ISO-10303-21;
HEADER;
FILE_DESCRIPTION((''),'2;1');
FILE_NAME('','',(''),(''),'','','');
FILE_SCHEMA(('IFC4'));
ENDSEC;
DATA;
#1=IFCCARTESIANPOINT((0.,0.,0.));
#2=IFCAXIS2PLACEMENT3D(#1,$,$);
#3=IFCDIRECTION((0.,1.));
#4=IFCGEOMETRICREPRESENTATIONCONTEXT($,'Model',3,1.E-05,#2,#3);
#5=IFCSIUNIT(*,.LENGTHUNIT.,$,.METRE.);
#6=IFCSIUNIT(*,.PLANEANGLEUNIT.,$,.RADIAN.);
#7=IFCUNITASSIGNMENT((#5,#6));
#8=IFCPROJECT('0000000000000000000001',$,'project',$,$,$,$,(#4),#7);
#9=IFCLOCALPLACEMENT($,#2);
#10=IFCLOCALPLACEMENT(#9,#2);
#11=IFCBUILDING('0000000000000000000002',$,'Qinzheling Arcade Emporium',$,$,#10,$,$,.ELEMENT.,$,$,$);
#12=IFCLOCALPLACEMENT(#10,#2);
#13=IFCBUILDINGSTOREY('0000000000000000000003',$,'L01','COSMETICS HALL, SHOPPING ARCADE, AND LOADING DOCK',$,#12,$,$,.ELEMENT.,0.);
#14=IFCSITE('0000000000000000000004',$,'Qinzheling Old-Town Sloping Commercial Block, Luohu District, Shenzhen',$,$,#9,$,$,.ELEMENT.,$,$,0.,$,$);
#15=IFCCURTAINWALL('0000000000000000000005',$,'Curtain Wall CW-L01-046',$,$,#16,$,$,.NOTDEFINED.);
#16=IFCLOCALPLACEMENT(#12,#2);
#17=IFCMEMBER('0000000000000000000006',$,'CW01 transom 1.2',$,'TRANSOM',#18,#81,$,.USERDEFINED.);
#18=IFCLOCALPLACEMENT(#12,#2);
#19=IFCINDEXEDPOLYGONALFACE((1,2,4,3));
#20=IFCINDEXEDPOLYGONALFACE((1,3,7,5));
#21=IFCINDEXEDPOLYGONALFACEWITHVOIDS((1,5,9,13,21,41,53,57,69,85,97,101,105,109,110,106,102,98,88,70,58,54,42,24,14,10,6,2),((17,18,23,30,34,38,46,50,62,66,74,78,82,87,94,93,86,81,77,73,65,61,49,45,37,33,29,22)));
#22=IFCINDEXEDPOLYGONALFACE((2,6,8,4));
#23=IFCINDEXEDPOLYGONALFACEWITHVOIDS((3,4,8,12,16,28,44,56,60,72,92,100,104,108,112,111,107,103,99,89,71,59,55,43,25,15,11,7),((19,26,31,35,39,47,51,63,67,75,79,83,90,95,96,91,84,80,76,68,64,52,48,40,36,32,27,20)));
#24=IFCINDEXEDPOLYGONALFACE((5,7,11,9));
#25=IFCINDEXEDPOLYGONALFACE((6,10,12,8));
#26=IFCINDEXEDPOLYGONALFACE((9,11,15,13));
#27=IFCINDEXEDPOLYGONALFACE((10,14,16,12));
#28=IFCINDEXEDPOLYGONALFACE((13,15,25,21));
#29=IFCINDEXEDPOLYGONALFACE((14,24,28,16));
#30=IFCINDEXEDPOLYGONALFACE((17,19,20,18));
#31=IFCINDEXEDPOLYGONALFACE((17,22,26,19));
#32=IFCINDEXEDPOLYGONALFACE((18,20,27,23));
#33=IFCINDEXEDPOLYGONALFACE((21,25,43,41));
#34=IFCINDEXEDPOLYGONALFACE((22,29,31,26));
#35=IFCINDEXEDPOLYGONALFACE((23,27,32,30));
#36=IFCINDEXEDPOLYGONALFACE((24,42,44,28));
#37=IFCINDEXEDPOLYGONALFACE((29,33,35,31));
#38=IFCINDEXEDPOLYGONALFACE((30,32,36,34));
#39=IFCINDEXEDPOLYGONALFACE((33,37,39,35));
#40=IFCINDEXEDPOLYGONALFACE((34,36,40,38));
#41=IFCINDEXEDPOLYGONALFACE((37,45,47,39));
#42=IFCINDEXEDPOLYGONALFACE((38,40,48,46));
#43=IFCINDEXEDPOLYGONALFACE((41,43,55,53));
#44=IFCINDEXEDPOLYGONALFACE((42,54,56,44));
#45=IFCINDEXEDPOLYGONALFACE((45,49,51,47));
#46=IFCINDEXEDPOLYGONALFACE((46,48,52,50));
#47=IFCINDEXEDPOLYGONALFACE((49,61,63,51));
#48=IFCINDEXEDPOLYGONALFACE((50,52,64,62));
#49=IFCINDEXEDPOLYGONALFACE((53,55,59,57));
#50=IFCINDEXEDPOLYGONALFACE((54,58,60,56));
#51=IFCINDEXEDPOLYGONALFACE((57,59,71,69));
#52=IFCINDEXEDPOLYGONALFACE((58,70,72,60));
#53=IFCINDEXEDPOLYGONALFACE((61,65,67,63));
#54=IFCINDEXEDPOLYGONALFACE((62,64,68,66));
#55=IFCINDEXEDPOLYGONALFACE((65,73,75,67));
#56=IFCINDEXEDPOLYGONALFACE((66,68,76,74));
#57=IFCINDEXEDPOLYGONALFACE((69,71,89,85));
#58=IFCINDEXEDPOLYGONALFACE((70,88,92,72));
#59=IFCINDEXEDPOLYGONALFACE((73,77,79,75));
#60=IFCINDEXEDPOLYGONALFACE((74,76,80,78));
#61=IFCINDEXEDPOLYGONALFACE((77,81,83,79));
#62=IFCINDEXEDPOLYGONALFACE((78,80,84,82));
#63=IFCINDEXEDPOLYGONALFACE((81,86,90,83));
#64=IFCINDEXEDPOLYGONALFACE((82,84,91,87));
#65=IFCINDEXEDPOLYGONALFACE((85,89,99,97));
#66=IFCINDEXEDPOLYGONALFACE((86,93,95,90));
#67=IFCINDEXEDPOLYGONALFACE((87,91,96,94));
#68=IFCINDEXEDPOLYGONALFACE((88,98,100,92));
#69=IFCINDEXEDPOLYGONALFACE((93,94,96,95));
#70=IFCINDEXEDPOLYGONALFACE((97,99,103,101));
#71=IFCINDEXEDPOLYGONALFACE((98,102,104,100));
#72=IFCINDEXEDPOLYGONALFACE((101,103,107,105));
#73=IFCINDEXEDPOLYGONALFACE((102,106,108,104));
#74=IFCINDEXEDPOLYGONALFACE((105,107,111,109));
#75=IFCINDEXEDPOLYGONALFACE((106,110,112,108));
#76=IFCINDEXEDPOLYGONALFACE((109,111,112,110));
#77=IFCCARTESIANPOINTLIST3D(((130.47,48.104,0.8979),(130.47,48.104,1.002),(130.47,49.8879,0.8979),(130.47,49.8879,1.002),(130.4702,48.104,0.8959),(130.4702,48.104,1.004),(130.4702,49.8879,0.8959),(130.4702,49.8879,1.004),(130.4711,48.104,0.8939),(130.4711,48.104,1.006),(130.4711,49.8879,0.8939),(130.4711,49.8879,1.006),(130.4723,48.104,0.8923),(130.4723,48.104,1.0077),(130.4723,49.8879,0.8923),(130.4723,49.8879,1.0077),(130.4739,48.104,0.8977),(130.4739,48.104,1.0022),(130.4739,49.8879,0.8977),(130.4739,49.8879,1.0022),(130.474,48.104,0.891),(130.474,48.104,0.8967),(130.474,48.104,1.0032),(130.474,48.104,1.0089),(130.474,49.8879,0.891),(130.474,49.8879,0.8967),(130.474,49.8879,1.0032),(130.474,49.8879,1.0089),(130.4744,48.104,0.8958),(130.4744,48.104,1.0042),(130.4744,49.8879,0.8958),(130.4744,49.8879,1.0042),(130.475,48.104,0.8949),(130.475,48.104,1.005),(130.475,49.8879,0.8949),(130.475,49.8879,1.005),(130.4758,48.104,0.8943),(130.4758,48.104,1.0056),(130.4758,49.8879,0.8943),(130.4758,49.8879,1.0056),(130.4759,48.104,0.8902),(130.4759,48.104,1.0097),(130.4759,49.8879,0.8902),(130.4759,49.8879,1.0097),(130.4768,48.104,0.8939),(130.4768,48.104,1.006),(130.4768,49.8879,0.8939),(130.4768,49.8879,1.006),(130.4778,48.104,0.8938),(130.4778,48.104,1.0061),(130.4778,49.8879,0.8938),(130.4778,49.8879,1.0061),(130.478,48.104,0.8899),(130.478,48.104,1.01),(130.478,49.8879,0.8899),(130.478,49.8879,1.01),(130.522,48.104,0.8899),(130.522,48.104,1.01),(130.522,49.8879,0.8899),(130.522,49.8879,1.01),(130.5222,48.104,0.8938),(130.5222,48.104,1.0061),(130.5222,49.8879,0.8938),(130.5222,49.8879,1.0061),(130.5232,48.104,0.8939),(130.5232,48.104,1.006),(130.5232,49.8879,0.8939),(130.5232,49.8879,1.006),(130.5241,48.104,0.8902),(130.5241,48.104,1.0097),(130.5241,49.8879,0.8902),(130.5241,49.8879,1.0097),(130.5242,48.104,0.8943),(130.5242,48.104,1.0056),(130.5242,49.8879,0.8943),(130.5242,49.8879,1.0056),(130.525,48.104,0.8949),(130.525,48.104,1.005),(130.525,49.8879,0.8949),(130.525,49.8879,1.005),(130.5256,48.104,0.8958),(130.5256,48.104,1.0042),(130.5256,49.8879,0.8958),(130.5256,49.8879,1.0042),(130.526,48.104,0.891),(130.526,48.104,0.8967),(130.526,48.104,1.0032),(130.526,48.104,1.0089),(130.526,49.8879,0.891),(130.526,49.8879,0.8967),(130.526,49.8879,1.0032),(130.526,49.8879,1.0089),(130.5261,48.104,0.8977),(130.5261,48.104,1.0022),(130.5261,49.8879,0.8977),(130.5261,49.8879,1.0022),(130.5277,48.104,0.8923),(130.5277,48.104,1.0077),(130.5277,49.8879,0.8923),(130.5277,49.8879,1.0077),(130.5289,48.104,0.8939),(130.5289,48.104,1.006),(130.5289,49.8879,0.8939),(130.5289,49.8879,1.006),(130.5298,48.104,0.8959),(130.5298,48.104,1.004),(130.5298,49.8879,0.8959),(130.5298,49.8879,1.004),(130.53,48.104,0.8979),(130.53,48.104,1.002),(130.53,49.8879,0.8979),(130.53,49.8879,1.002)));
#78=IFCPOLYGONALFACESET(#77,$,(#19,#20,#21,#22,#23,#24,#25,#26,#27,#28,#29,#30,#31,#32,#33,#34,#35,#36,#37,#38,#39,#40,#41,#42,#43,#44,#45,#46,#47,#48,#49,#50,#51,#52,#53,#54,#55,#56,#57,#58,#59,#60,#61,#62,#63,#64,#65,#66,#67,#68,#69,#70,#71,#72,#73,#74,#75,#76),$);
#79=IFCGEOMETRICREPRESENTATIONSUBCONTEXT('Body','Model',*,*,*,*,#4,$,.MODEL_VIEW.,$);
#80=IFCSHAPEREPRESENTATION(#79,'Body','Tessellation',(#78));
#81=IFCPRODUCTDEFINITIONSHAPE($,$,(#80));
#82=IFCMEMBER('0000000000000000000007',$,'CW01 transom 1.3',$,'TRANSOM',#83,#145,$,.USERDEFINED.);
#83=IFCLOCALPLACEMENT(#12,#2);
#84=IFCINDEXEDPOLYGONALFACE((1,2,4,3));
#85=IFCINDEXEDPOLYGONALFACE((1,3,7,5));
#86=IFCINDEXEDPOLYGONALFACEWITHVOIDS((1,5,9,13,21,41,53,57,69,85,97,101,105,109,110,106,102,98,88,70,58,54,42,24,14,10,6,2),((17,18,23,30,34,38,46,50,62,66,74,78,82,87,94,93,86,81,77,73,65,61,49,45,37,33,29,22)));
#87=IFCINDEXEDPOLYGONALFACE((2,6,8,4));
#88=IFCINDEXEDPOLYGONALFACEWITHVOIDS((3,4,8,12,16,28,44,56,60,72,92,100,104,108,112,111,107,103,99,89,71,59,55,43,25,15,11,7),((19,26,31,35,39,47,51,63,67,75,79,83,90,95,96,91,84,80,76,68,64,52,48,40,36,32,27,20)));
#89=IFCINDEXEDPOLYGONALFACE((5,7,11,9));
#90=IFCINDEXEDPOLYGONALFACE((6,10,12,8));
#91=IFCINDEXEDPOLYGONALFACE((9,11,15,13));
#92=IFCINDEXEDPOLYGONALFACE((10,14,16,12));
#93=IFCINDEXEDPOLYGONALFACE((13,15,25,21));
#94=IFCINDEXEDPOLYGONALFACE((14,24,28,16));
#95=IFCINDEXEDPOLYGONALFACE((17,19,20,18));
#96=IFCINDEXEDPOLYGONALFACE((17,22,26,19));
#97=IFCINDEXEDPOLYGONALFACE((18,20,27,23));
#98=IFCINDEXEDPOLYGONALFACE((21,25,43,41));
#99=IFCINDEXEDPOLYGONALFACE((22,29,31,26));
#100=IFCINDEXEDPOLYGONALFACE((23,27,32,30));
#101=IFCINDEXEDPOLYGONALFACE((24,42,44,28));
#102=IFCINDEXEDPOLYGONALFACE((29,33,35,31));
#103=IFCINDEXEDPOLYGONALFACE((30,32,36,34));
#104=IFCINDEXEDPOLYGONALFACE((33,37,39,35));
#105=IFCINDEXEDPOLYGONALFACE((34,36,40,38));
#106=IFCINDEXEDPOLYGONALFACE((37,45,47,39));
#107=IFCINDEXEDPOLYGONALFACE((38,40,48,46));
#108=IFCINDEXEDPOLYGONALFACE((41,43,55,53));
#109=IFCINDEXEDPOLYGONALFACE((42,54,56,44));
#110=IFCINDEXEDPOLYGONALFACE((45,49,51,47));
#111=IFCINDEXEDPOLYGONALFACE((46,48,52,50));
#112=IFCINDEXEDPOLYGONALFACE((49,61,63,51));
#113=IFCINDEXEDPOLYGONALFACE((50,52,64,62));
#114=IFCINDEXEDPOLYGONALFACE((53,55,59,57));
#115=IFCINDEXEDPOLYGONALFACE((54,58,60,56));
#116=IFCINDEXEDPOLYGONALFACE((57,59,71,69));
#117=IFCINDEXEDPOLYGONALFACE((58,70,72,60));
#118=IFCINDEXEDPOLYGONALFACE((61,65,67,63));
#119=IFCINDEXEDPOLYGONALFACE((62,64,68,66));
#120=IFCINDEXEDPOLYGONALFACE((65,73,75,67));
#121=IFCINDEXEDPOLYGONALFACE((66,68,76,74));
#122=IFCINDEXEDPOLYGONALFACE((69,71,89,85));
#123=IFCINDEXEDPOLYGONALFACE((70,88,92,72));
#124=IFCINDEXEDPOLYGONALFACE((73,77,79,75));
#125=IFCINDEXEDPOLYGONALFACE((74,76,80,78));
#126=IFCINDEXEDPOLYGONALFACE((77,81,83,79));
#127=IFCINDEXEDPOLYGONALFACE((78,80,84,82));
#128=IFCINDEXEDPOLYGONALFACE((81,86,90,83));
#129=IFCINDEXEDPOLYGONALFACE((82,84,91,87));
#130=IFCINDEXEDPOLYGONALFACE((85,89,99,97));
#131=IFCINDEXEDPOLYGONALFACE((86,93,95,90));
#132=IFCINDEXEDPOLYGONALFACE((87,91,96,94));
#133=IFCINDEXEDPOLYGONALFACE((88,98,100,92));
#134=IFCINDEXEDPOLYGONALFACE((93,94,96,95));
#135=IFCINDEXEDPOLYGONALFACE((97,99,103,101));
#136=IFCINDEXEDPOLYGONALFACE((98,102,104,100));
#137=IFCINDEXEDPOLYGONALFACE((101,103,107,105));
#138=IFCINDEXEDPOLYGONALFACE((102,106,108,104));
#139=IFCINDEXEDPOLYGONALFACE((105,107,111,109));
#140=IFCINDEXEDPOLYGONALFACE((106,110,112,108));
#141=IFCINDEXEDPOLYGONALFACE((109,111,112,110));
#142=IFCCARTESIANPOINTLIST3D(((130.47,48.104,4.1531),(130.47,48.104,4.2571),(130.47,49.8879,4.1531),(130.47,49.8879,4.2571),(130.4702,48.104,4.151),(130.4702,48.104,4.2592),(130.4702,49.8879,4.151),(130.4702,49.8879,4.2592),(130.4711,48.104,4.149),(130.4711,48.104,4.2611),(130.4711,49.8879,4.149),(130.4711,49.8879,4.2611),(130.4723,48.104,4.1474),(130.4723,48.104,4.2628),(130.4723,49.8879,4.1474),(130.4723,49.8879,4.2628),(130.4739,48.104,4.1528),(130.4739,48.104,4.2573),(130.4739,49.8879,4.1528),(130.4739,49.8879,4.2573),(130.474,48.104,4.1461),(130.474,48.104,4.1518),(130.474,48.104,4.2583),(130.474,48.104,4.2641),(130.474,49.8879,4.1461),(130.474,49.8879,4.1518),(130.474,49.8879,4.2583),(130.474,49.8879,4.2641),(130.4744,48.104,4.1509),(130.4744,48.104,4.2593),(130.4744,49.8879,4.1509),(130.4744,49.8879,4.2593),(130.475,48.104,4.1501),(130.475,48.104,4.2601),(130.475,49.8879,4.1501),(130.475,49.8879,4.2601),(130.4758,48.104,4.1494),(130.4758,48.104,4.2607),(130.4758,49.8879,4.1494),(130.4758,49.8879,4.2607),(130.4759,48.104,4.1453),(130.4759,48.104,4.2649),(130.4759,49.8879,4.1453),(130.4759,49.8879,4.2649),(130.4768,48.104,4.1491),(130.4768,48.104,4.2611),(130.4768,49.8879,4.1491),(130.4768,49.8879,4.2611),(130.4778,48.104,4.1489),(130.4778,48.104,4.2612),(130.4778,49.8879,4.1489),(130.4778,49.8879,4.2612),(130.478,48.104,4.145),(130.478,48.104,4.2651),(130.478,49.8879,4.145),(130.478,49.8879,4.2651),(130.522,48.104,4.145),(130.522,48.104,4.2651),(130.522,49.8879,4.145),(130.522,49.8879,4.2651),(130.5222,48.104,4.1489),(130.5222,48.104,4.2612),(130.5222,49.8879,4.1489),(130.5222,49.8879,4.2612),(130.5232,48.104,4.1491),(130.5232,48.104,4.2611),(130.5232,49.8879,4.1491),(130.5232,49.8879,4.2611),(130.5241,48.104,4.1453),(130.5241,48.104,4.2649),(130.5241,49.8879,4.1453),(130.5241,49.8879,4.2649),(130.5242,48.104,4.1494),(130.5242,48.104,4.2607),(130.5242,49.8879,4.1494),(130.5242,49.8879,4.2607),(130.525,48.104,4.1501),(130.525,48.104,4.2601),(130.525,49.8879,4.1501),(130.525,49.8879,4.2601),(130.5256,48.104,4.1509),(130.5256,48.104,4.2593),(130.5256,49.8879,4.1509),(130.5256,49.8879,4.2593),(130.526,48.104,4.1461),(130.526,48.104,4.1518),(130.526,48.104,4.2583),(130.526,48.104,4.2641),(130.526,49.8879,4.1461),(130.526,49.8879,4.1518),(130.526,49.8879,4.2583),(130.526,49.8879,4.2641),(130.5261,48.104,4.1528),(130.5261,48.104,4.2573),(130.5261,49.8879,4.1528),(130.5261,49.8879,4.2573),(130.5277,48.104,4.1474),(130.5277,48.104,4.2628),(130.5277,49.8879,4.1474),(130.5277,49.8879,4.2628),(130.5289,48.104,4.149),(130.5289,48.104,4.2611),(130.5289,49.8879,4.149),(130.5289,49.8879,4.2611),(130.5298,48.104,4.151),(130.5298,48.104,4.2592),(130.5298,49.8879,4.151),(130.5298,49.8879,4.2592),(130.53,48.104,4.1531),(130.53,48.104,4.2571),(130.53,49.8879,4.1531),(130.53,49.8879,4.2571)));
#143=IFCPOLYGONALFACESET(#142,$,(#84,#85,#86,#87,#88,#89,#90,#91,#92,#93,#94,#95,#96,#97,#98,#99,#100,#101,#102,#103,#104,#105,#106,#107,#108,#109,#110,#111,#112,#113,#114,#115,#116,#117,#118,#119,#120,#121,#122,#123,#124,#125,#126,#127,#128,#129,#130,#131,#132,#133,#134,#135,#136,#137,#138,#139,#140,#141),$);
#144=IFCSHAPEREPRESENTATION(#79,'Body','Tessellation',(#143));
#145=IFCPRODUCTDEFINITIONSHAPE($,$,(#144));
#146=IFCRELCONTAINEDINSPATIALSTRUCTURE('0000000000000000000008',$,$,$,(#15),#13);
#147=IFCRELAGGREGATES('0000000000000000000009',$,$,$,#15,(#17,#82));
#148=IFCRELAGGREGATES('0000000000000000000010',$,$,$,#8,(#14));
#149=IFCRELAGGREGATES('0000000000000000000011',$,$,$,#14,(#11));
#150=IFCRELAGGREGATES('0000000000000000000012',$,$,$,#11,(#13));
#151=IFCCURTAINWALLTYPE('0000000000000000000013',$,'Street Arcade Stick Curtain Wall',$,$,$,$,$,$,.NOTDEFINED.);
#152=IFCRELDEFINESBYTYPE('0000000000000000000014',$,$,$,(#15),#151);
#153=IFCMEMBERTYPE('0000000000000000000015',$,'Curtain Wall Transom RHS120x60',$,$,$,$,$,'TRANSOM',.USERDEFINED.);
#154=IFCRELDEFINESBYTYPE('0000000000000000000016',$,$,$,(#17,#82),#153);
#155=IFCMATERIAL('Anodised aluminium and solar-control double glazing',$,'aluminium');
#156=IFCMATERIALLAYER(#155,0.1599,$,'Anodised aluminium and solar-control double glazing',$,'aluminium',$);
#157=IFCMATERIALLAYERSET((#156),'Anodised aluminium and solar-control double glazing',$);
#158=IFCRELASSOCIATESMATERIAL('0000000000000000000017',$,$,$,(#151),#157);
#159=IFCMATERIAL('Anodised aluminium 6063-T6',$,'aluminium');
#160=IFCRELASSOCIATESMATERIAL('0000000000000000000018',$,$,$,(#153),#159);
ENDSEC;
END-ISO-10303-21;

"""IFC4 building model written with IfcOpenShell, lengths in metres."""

from ifc_helpers import new_model, si_unit, direction, frame, origin, origin_2d, place, context, subcontext, project, spatial, hollow_rectangle, extrude, material, layer, layer_set, material_profile, profile_set, type_object, element, aggregate, save


model = new_model("IFC4")

# Units and contexts
model_context = context("Model", 3, precision=1e-05, world=origin(), true_north=direction((0.0, 1.0)))
body_context = subcontext(model_context, "Body", "Model", "MODEL_VIEW")
ifc_project = project(units=[si_unit("LENGTHUNIT", "METRE"), si_unit("PLANEANGLEUNIT", "RADIAN")], contexts=[model_context])

# Site, building, storey
site_placement = place(None, origin())
site = spatial("IfcSite", under=ifc_project, at=site_placement, Name="Qinzheling Old-Town Sloping Commercial Block, Luohu District, Shenzhen", CompositionType="ELEMENT", RefElevation=0.0)
building_placement = place(site_placement, origin())
building = spatial("IfcBuilding", under=site, at=building_placement, Name="Qinzheling Arcade Emporium", CompositionType="ELEMENT")
storey_placement = place(building_placement, origin())
storey = spatial("IfcBuildingStorey", under=building, at=storey_placement, Name="L01", Description="COSMETICS HALL, SHOPPING ARCADE, AND LOADING DOCK", CompositionType="ELEMENT", Elevation=0.0)

# Shared definitions
ifc_material_1 = material(Name="Anodised aluminium and solar-control double glazing", Category="aluminium")
ifc_layer_1 = layer(ifc_material_1, 0.1599, Name="Anodised aluminium and solar-control double glazing", Category="aluminium")
ifc_layer_set_1 = layer_set([ifc_layer_1], Name="Anodised aluminium and solar-control double glazing")
curtain_wall_type = type_object("IfcCurtainWallType", Name="Street Arcade Stick Curtain Wall", PredefinedType="NOTDEFINED", material=ifc_layer_set_1)
ifc_material_2 = material(Name="Anodised aluminium 6063-T6", Category="aluminium")

# Curtain wall, members
curtain_wall_1_placement = place(storey_placement, origin())
curtain_wall_1 = element("IfcCurtainWall", 1, at=curtain_wall_1_placement, inside=storey, type_object=curtain_wall_type, Name="Curtain Wall CW-L01-046", PredefinedType="NOTDEFINED")
ifc_material_profile_1 = material_profile(ifc_material_2, hollow_rectangle(XDim=0.0601, YDim=0.1201, WallThickness=0.0039, InnerFilletRadius=0.0039, OuterFilletRadius=0.0081, at=origin_2d()), Name="RHS 120x60x4", Category="aluminium")
ifc_profile_set_1 = profile_set([ifc_material_profile_1], Name="Anodised aluminium 6063-T6")
member_type_1 = type_object("IfcMemberType", Name="Curtain Wall Transom RHS120x60", ElementType="TRANSOM", PredefinedType="USERDEFINED", material=ifc_profile_set_1)
member_1_placement = place(storey_placement, frame((130.5, 49.8879, 0.95), z_axis=(0.0, -1.0, 0.0), x_axis=(1.0, 0.0, 0.0)))
member_1 = element("IfcMember", 2, at=member_1_placement, type_object=member_type_1, Name="CW01 transom 1.2", ObjectType="TRANSOM", PredefinedType="USERDEFINED", context=body_context, shape_type="SweptSolid", body=[
    extrude(hollow_rectangle(XDim=0.0601, YDim=0.1201, WallThickness=0.0039, InnerFilletRadius=0.0039, OuterFilletRadius=0.0081, at=origin_2d()), origin(), (0.0, 0.0, 1.0), 1.7839),
])
member_2_placement = place(storey_placement, frame((130.5, 49.8879, 4.2051), z_axis=(0.0, -1.0, 0.0), x_axis=(1.0, 0.0, 0.0)))
member_2 = element("IfcMember", 3, at=member_2_placement, type_object=member_type_1, Name="CW01 transom 1.3", ObjectType="TRANSOM", PredefinedType="USERDEFINED", context=body_context, shape_type="SweptSolid", body=[
    extrude(hollow_rectangle(XDim=0.0601, YDim=0.1201, WallThickness=0.0039, InnerFilletRadius=0.0039, OuterFilletRadius=0.0081, at=origin_2d()), origin(), (0.0, 0.0, 1.0), 1.7839),
])

aggregate(curtain_wall_1, [member_1, member_2])

save(model, "model.ifc")
